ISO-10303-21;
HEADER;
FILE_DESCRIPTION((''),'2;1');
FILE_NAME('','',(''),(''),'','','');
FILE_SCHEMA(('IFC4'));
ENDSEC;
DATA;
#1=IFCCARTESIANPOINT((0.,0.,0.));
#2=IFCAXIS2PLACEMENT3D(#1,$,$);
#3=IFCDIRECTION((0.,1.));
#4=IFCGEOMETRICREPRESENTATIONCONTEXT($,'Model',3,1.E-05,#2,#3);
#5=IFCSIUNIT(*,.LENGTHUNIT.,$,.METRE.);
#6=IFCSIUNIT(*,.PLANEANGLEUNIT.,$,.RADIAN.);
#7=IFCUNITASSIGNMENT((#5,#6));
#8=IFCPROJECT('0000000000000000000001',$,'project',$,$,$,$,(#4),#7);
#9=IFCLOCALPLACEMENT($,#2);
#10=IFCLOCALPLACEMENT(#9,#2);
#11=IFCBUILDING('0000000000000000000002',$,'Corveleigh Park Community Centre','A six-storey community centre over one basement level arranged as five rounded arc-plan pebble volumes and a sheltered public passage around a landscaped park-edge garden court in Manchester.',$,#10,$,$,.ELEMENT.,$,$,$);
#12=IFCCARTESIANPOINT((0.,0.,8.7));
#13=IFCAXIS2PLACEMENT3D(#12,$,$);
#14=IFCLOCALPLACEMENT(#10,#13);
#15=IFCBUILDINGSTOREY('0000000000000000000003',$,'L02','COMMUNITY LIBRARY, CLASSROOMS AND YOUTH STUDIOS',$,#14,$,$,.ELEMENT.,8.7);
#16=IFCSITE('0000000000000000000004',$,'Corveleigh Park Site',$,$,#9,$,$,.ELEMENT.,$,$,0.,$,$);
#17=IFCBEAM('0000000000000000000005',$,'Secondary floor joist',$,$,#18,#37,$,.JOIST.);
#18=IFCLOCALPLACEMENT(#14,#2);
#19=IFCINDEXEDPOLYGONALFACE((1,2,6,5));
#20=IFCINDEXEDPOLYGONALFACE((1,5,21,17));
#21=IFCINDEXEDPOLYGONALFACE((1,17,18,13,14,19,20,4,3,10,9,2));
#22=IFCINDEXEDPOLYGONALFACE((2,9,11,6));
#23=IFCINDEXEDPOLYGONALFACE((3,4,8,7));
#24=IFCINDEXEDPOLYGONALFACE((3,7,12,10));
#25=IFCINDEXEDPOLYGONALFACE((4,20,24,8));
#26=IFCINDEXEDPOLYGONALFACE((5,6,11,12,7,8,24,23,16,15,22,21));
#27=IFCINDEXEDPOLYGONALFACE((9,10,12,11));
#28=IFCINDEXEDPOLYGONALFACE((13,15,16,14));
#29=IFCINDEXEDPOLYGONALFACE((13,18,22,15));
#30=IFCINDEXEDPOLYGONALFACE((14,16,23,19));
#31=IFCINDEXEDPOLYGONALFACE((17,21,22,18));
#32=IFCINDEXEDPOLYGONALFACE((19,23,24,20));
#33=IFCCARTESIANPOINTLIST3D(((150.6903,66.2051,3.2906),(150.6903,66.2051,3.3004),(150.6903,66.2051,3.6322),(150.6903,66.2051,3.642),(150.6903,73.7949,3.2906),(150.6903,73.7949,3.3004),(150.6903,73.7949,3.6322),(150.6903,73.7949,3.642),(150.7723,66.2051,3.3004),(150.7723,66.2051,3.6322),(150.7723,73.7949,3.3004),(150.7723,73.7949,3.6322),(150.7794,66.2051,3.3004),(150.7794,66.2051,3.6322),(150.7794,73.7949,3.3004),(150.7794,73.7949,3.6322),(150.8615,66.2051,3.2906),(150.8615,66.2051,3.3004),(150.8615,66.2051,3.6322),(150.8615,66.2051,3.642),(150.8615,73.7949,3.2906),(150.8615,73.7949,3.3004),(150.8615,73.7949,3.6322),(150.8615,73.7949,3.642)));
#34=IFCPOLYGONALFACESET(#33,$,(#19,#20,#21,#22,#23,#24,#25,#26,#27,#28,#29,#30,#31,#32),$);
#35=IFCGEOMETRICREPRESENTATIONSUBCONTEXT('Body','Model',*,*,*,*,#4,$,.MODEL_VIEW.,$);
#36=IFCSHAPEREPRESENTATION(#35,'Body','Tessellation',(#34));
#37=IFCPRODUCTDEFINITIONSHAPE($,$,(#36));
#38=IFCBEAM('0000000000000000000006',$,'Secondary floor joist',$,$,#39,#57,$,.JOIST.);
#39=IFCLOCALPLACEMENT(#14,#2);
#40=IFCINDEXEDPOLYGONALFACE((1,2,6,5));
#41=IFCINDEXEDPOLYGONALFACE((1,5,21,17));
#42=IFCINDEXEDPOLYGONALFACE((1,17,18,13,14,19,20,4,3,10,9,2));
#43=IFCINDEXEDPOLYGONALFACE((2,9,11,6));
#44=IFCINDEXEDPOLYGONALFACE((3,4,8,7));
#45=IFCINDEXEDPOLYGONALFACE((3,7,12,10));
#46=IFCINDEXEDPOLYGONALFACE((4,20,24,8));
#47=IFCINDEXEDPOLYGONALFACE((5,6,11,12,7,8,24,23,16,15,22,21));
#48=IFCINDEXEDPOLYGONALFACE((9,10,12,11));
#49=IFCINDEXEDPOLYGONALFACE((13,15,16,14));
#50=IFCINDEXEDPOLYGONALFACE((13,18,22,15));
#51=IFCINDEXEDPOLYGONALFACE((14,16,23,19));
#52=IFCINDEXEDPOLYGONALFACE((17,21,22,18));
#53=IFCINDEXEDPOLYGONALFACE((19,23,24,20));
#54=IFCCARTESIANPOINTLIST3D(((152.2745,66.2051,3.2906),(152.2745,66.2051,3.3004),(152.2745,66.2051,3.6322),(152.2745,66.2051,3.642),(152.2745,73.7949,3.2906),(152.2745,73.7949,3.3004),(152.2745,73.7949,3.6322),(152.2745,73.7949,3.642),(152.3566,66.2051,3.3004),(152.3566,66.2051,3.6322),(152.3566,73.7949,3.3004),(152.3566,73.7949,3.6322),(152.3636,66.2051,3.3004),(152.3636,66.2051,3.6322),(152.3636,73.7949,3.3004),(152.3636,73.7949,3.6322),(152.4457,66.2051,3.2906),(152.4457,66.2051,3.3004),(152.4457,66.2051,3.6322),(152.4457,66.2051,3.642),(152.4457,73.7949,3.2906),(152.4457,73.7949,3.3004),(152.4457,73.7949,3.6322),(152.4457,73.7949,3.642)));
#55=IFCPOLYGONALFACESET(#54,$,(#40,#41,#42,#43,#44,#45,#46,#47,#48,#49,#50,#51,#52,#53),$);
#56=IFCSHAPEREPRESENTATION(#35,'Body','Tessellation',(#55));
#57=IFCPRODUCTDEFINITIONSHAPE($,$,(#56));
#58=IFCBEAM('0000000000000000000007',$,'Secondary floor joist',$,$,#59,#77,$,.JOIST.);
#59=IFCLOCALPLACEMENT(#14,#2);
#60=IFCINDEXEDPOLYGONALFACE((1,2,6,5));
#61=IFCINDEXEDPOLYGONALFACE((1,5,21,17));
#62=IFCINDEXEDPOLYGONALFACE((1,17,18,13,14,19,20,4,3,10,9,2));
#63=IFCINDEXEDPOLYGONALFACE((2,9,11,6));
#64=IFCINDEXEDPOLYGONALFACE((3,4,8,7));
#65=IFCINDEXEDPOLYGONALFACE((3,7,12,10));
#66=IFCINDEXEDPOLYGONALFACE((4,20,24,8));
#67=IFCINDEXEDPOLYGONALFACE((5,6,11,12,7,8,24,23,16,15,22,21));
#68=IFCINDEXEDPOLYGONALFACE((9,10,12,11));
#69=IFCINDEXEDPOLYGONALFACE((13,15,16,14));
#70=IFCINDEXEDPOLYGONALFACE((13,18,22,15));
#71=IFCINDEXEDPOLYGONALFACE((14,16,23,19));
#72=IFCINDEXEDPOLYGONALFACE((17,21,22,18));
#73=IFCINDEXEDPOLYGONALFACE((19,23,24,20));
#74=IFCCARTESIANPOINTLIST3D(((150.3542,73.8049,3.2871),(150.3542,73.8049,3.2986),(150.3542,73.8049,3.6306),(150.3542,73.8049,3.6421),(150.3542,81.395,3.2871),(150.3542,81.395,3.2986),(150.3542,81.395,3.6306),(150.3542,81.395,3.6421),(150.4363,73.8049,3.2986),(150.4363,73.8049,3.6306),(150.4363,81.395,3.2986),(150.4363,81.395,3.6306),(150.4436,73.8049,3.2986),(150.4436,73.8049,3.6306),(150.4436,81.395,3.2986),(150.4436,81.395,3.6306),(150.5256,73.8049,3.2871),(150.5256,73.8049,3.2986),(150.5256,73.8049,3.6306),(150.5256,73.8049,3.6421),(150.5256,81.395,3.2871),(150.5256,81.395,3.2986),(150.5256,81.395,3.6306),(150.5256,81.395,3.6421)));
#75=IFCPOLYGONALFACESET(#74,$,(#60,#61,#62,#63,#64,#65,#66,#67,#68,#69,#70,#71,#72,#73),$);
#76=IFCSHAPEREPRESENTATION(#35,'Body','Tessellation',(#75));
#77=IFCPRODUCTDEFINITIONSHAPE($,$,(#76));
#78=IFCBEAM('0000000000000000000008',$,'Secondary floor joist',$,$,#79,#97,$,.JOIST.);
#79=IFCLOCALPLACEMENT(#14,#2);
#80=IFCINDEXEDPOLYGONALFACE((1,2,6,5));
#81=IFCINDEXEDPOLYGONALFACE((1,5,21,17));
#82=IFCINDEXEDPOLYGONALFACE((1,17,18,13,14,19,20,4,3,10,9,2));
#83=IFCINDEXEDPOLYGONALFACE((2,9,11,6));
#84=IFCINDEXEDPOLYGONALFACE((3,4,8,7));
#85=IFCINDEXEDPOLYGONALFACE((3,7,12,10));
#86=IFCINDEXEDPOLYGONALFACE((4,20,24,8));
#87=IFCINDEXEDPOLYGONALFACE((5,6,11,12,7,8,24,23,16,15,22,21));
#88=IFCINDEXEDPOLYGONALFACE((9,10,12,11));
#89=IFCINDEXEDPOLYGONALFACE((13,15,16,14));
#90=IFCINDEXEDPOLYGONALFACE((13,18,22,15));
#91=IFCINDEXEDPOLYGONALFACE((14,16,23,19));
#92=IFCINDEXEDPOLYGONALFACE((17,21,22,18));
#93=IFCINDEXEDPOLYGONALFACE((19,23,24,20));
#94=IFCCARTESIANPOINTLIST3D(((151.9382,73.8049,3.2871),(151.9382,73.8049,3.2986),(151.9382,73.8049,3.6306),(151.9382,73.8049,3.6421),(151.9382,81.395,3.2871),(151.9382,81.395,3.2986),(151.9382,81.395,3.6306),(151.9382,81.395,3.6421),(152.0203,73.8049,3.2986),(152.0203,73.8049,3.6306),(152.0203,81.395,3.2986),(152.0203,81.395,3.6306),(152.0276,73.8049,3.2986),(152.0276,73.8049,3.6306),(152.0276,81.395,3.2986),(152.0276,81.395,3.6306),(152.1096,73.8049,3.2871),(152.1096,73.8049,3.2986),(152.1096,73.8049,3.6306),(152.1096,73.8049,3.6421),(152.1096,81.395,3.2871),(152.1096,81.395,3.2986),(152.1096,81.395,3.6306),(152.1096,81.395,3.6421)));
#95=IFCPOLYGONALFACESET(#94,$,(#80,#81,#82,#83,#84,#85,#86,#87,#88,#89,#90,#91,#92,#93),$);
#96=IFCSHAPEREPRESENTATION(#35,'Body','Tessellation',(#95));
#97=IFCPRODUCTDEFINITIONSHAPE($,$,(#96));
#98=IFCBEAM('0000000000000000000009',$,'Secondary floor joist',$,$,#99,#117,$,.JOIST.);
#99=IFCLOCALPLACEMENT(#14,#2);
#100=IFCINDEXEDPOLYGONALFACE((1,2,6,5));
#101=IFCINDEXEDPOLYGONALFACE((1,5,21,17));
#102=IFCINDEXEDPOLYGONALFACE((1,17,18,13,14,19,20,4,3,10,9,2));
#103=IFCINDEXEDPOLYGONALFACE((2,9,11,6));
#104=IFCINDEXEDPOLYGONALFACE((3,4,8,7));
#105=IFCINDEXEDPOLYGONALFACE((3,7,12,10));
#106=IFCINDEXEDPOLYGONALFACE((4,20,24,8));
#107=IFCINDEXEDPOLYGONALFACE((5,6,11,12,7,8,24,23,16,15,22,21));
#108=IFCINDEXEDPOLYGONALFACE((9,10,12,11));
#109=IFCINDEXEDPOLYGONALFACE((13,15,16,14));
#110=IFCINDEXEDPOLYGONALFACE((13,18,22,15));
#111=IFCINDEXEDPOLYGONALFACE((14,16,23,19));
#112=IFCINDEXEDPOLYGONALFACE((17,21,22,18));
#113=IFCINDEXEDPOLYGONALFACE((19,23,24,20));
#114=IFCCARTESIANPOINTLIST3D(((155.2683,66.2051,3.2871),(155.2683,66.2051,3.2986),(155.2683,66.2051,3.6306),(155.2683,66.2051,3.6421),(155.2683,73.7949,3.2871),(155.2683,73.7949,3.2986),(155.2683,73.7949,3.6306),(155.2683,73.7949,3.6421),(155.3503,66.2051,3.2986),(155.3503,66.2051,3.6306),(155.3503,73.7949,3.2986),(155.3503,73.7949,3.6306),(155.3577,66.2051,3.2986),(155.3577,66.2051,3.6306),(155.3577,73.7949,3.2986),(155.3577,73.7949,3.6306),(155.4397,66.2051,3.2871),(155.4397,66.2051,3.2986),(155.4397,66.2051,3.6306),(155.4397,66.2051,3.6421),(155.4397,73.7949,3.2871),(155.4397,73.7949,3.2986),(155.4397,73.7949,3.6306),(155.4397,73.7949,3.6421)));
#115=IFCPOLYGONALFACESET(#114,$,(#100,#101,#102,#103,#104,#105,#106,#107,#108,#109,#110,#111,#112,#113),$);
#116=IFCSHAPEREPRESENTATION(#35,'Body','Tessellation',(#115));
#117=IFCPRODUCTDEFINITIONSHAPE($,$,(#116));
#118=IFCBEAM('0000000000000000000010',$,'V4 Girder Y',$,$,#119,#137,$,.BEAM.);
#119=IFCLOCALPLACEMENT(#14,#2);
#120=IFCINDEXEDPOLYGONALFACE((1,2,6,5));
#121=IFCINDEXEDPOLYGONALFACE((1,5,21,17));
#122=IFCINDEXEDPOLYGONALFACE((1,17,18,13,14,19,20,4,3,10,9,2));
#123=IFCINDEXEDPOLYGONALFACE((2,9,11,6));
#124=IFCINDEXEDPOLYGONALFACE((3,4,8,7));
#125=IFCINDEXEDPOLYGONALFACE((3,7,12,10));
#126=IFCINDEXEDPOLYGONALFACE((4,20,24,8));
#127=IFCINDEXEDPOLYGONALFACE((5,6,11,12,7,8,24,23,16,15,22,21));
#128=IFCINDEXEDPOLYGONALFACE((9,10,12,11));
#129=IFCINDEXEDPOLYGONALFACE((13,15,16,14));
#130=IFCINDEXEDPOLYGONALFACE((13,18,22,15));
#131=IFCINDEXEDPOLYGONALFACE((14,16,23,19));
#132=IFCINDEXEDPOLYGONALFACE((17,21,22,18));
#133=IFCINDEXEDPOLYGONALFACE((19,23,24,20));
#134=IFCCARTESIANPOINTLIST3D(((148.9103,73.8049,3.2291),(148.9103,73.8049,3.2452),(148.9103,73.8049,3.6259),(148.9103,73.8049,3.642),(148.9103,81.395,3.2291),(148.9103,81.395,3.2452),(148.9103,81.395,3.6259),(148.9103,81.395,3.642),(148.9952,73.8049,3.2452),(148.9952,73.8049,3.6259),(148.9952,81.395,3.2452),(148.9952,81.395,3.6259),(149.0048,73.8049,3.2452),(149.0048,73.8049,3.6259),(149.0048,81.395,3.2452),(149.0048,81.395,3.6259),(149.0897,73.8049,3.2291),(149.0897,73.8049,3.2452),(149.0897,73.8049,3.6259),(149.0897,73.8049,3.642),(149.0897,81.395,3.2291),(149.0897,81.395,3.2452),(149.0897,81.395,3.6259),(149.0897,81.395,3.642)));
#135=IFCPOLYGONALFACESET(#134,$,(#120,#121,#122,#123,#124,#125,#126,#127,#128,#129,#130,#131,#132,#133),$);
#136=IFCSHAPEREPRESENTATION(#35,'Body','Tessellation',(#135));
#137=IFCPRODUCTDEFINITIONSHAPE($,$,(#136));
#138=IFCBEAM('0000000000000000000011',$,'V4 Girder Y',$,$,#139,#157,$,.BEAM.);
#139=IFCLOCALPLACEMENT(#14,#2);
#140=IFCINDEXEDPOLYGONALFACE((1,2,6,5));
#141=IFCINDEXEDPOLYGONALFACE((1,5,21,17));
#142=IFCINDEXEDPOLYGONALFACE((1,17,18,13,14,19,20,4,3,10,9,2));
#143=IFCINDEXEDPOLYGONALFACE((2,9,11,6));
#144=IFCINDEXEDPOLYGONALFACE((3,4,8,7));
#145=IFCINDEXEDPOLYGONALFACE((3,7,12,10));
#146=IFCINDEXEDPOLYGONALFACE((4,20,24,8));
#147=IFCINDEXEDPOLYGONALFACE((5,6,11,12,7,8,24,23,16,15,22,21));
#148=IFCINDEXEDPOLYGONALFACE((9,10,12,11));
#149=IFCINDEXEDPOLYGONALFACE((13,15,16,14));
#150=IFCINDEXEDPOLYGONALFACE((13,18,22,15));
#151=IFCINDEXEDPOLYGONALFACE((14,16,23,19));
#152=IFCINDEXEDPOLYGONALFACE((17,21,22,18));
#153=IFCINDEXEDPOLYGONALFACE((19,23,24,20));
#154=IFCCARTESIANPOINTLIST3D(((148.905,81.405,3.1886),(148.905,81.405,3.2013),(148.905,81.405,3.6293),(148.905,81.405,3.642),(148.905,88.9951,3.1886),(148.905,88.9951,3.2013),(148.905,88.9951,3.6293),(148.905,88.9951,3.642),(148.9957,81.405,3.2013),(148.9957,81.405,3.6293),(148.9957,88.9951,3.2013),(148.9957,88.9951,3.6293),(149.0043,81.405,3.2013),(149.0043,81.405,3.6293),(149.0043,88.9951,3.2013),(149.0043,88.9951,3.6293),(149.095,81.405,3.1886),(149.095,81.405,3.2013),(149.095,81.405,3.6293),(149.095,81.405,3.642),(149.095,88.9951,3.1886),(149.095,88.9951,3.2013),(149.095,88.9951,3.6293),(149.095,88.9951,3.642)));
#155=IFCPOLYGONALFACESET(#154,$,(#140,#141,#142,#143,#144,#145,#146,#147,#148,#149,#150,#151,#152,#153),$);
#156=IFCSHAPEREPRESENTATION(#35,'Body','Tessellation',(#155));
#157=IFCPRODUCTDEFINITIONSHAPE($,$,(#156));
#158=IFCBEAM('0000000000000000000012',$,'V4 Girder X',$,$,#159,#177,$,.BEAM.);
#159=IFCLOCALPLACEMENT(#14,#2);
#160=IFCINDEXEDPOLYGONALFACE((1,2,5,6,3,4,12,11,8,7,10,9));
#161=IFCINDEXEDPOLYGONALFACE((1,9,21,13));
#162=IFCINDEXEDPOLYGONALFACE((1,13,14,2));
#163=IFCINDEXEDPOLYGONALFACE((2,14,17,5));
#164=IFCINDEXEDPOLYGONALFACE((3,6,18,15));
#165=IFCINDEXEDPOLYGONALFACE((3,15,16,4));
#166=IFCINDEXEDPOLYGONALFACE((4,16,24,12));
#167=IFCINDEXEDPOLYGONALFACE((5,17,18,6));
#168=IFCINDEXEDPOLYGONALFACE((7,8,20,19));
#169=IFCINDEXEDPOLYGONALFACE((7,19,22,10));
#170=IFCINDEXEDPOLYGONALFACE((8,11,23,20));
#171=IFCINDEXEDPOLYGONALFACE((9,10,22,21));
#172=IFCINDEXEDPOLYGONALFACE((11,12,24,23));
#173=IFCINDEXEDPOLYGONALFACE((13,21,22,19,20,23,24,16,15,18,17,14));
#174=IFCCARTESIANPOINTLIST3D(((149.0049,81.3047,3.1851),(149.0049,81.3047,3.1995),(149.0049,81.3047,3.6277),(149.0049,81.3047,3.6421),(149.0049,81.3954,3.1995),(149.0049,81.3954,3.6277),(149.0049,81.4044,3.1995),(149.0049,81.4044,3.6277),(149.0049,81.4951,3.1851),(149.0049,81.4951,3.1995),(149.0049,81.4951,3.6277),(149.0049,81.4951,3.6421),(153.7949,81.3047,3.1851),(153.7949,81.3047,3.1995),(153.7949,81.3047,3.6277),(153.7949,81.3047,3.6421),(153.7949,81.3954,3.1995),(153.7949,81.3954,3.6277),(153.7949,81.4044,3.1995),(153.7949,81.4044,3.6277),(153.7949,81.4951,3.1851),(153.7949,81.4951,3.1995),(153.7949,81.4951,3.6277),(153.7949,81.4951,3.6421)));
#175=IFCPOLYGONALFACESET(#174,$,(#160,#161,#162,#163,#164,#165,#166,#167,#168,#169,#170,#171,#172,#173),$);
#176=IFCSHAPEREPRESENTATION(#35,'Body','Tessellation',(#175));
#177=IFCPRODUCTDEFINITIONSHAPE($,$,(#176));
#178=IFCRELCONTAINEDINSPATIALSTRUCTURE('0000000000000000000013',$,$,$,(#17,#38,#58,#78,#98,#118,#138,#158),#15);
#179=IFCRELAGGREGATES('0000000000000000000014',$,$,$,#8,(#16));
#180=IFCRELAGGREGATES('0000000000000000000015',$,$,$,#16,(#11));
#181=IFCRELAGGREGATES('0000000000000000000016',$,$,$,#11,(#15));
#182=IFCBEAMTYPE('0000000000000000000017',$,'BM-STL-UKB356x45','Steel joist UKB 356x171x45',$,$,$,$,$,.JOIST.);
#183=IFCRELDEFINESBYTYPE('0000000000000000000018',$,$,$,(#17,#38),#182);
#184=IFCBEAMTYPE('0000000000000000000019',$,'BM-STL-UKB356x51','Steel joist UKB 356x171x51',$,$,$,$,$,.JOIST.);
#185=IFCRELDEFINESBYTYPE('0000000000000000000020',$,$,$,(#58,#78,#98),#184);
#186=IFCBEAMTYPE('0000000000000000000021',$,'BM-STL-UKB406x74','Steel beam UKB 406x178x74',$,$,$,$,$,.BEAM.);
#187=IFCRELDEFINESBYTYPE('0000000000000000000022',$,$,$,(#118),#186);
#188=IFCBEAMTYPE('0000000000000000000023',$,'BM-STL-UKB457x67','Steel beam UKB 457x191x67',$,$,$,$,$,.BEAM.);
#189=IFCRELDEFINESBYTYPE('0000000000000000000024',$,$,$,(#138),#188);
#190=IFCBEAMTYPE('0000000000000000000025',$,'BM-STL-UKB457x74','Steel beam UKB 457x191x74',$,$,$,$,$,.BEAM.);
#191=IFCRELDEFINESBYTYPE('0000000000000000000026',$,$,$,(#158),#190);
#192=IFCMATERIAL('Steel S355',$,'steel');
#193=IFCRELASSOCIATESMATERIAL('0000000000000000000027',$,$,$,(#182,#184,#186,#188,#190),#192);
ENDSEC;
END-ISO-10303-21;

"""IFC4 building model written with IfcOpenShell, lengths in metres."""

from ifc_helpers import new_model, si_unit, direction, frame, origin, origin_2d, place, context, subcontext, project, spatial, i_section, extrude, material, material_profile, profile_set, type_object, element, save


model = new_model("IFC4")

# Units and contexts
model_context = context("Model", 3, precision=1e-05, world=origin(), true_north=direction((0.0, 1.0)))
body_context = subcontext(model_context, "Body", "Model", "MODEL_VIEW")
ifc_project = project(units=[si_unit("LENGTHUNIT", "METRE"), si_unit("PLANEANGLEUNIT", "RADIAN")], contexts=[model_context])

# Site, building, storey
site_placement = place(None, origin())
site = spatial("IfcSite", under=ifc_project, at=site_placement, Name="Corveleigh Park Site", CompositionType="ELEMENT", RefElevation=0.0)
building_placement = place(site_placement, origin())
building = spatial("IfcBuilding", under=site, at=building_placement, Name="Corveleigh Park Community Centre", Description="A six-storey community centre over one basement level arranged as five rounded arc-plan pebble volumes and a sheltered public passage around a landscaped park-edge garden court in Manchester.", CompositionType="ELEMENT")
storey_placement = place(building_placement, frame((0.0, 0.0, 8.7)))
storey = spatial("IfcBuildingStorey", under=building, at=storey_placement, Name="L02", Description="COMMUNITY LIBRARY, CLASSROOMS AND YOUTH STUDIOS", CompositionType="ELEMENT", Elevation=8.7)

# Shared definitions
ifc_material_1 = material(Name="Steel S355", Category="steel")

# Beams
ifc_material_profile_1 = material_profile(ifc_material_1, i_section(OverallWidth=0.1711, OverallDepth=0.3513, WebThickness=0.0071, FlangeThickness=0.0098, at=origin_2d()), Name="UKB 356x171x45", Category="steel")
ifc_profile_set_1 = profile_set([ifc_material_profile_1], Name="Steel S355")
beam_type_1 = type_object("IfcBeamType", Name="BM-STL-UKB356x45", Description="Steel joist UKB 356x171x45", PredefinedType="JOIST", material=ifc_profile_set_1)
for number, where, z_axis, x_axis, name in (
    (1, (150.7759, 66.2051, 3.4663), (0.0, 1.0, 0.0), (-1.0, 0.0, 0.0), "Secondary floor joist"),
    (2, (152.3601, 66.2051, 3.4663), (0.0, 1.0, 0.0), (-1.0, 0.0, 0.0), "Secondary floor joist"),
):
    element("IfcBeam", number, at=place(storey_placement, frame(where, z_axis=z_axis, x_axis=x_axis)), inside=storey, type_object=beam_type_1, Name=name, PredefinedType="JOIST", context=body_context, shape_type="SweptSolid", body=[
        extrude(i_section(OverallWidth=0.1711, OverallDepth=0.3513, WebThickness=0.0071, FlangeThickness=0.0098, at=origin_2d()), origin(), (0.0, 0.0, 1.0), 7.5898),
    ])
ifc_material_profile_2 = material_profile(ifc_material_1, i_section(OverallWidth=0.1714, OverallDepth=0.355, WebThickness=0.0073, FlangeThickness=0.0115, at=origin_2d()), Name="UKB 356x171x51", Category="steel")
ifc_profile_set_2 = profile_set([ifc_material_profile_2], Name="Steel S355")
beam_type_2 = type_object("IfcBeamType", Name="BM-STL-UKB356x51", Description="Steel joist UKB 356x171x51", PredefinedType="JOIST", material=ifc_profile_set_2)
for number, where, z_axis, x_axis, name in (
    (3, (150.4399, 73.8049, 3.4646), (0.0, 1.0, 0.0), (-1.0, 0.0, 0.0), "Secondary floor joist"),
    (4, (152.0239, 73.8049, 3.4646), (0.0, 1.0, 0.0), (-1.0, 0.0, 0.0), "Secondary floor joist"),
):
    element("IfcBeam", number, at=place(storey_placement, frame(where, z_axis=z_axis, x_axis=x_axis)), inside=storey, type_object=beam_type_2, Name=name, PredefinedType="JOIST", context=body_context, shape_type="SweptSolid", body=[
        extrude(i_section(OverallWidth=0.1714, OverallDepth=0.355, WebThickness=0.0073, FlangeThickness=0.0115, at=origin_2d()), origin(), (0.0, 0.0, 1.0), 7.5901),
    ])
beam_1_placement = place(storey_placement, frame((155.354, 66.2051, 3.4646), z_axis=(0.0, 1.0, 0.0), x_axis=(-1.0, 0.0, 0.0)))
element("IfcBeam", 5, at=beam_1_placement, inside=storey, type_object=beam_type_2, Name="Secondary floor joist", PredefinedType="JOIST", context=body_context, shape_type="SweptSolid", body=[
    extrude(i_section(OverallWidth=0.1714, OverallDepth=0.355, WebThickness=0.0073, FlangeThickness=0.0115, at=origin_2d()), origin(), (0.0, 0.0, 1.0), 7.5898),
])
ifc_material_profile_3 = material_profile(ifc_material_1, i_section(OverallWidth=0.1794, OverallDepth=0.4128, WebThickness=0.0095, FlangeThickness=0.0161, at=origin_2d()), Name="UKB 406x178x74", Category="steel")
ifc_profile_set_3 = profile_set([ifc_material_profile_3], Name="Steel S355")
beam_type_3 = type_object("IfcBeamType", Name="BM-STL-UKB406x74", Description="Steel beam UKB 406x178x74", PredefinedType="BEAM", material=ifc_profile_set_3)
beam_2_placement = place(storey_placement, frame((149.0, 73.8049, 3.4355), z_axis=(0.0, 1.0, 0.0), x_axis=(-1.0, 0.0, 0.0)))
element("IfcBeam", 6, at=beam_2_placement, inside=storey, type_object=beam_type_3, Name="V4 Girder Y", PredefinedType="BEAM", context=body_context, shape_type="SweptSolid", body=[
    extrude(i_section(OverallWidth=0.1794, OverallDepth=0.4128, WebThickness=0.0095, FlangeThickness=0.0161, at=origin_2d()), origin(), (0.0, 0.0, 1.0), 7.5901),
])
ifc_material_profile_4 = material_profile(ifc_material_1, i_section(OverallWidth=0.1899, OverallDepth=0.4534, WebThickness=0.0085, FlangeThickness=0.0127, at=origin_2d()), Name="UKB 457x191x67", Category="steel")
ifc_profile_set_4 = profile_set([ifc_material_profile_4], Name="Steel S355")
beam_type_4 = type_object("IfcBeamType", Name="BM-STL-UKB457x67", Description="Steel beam UKB 457x191x67", PredefinedType="BEAM", material=ifc_profile_set_4)
beam_3_placement = place(storey_placement, frame((149.0, 81.405, 3.4153), z_axis=(0.0, 1.0, 0.0), x_axis=(-1.0, 0.0, 0.0)))
element("IfcBeam", 7, at=beam_3_placement, inside=storey, type_object=beam_type_4, Name="V4 Girder Y", PredefinedType="BEAM", context=body_context, shape_type="SweptSolid", body=[
    extrude(i_section(OverallWidth=0.1899, OverallDepth=0.4534, WebThickness=0.0085, FlangeThickness=0.0127, at=origin_2d()), origin(), (0.0, 0.0, 1.0), 7.5901),
])
ifc_material_profile_5 = material_profile(ifc_material_1, i_section(OverallWidth=0.1904, OverallDepth=0.457, WebThickness=0.009, FlangeThickness=0.0144, at=origin_2d()), Name="UKB 457x191x74", Category="steel")
ifc_profile_set_5 = profile_set([ifc_material_profile_5], Name="Steel S355")
beam_type_5 = type_object("IfcBeamType", Name="BM-STL-UKB457x74", Description="Steel beam UKB 457x191x74", PredefinedType="BEAM", material=ifc_profile_set_5)
beam_4_placement = place(storey_placement, frame((149.0049, 81.3999, 3.4136), z_axis=(1.0, 0.0, 0.0), x_axis=(0.0, 1.0, 0.0)))
element("IfcBeam", 8, at=beam_4_placement, inside=storey, type_object=beam_type_5, Name="V4 Girder X", PredefinedType="BEAM", context=body_context, shape_type="SweptSolid", body=[
    extrude(i_section(OverallWidth=0.1904, OverallDepth=0.457, WebThickness=0.009, FlangeThickness=0.0144, at=origin_2d()), origin(), (0.0, 0.0, 1.0), 4.79),
])

save(model, "model.ifc")
